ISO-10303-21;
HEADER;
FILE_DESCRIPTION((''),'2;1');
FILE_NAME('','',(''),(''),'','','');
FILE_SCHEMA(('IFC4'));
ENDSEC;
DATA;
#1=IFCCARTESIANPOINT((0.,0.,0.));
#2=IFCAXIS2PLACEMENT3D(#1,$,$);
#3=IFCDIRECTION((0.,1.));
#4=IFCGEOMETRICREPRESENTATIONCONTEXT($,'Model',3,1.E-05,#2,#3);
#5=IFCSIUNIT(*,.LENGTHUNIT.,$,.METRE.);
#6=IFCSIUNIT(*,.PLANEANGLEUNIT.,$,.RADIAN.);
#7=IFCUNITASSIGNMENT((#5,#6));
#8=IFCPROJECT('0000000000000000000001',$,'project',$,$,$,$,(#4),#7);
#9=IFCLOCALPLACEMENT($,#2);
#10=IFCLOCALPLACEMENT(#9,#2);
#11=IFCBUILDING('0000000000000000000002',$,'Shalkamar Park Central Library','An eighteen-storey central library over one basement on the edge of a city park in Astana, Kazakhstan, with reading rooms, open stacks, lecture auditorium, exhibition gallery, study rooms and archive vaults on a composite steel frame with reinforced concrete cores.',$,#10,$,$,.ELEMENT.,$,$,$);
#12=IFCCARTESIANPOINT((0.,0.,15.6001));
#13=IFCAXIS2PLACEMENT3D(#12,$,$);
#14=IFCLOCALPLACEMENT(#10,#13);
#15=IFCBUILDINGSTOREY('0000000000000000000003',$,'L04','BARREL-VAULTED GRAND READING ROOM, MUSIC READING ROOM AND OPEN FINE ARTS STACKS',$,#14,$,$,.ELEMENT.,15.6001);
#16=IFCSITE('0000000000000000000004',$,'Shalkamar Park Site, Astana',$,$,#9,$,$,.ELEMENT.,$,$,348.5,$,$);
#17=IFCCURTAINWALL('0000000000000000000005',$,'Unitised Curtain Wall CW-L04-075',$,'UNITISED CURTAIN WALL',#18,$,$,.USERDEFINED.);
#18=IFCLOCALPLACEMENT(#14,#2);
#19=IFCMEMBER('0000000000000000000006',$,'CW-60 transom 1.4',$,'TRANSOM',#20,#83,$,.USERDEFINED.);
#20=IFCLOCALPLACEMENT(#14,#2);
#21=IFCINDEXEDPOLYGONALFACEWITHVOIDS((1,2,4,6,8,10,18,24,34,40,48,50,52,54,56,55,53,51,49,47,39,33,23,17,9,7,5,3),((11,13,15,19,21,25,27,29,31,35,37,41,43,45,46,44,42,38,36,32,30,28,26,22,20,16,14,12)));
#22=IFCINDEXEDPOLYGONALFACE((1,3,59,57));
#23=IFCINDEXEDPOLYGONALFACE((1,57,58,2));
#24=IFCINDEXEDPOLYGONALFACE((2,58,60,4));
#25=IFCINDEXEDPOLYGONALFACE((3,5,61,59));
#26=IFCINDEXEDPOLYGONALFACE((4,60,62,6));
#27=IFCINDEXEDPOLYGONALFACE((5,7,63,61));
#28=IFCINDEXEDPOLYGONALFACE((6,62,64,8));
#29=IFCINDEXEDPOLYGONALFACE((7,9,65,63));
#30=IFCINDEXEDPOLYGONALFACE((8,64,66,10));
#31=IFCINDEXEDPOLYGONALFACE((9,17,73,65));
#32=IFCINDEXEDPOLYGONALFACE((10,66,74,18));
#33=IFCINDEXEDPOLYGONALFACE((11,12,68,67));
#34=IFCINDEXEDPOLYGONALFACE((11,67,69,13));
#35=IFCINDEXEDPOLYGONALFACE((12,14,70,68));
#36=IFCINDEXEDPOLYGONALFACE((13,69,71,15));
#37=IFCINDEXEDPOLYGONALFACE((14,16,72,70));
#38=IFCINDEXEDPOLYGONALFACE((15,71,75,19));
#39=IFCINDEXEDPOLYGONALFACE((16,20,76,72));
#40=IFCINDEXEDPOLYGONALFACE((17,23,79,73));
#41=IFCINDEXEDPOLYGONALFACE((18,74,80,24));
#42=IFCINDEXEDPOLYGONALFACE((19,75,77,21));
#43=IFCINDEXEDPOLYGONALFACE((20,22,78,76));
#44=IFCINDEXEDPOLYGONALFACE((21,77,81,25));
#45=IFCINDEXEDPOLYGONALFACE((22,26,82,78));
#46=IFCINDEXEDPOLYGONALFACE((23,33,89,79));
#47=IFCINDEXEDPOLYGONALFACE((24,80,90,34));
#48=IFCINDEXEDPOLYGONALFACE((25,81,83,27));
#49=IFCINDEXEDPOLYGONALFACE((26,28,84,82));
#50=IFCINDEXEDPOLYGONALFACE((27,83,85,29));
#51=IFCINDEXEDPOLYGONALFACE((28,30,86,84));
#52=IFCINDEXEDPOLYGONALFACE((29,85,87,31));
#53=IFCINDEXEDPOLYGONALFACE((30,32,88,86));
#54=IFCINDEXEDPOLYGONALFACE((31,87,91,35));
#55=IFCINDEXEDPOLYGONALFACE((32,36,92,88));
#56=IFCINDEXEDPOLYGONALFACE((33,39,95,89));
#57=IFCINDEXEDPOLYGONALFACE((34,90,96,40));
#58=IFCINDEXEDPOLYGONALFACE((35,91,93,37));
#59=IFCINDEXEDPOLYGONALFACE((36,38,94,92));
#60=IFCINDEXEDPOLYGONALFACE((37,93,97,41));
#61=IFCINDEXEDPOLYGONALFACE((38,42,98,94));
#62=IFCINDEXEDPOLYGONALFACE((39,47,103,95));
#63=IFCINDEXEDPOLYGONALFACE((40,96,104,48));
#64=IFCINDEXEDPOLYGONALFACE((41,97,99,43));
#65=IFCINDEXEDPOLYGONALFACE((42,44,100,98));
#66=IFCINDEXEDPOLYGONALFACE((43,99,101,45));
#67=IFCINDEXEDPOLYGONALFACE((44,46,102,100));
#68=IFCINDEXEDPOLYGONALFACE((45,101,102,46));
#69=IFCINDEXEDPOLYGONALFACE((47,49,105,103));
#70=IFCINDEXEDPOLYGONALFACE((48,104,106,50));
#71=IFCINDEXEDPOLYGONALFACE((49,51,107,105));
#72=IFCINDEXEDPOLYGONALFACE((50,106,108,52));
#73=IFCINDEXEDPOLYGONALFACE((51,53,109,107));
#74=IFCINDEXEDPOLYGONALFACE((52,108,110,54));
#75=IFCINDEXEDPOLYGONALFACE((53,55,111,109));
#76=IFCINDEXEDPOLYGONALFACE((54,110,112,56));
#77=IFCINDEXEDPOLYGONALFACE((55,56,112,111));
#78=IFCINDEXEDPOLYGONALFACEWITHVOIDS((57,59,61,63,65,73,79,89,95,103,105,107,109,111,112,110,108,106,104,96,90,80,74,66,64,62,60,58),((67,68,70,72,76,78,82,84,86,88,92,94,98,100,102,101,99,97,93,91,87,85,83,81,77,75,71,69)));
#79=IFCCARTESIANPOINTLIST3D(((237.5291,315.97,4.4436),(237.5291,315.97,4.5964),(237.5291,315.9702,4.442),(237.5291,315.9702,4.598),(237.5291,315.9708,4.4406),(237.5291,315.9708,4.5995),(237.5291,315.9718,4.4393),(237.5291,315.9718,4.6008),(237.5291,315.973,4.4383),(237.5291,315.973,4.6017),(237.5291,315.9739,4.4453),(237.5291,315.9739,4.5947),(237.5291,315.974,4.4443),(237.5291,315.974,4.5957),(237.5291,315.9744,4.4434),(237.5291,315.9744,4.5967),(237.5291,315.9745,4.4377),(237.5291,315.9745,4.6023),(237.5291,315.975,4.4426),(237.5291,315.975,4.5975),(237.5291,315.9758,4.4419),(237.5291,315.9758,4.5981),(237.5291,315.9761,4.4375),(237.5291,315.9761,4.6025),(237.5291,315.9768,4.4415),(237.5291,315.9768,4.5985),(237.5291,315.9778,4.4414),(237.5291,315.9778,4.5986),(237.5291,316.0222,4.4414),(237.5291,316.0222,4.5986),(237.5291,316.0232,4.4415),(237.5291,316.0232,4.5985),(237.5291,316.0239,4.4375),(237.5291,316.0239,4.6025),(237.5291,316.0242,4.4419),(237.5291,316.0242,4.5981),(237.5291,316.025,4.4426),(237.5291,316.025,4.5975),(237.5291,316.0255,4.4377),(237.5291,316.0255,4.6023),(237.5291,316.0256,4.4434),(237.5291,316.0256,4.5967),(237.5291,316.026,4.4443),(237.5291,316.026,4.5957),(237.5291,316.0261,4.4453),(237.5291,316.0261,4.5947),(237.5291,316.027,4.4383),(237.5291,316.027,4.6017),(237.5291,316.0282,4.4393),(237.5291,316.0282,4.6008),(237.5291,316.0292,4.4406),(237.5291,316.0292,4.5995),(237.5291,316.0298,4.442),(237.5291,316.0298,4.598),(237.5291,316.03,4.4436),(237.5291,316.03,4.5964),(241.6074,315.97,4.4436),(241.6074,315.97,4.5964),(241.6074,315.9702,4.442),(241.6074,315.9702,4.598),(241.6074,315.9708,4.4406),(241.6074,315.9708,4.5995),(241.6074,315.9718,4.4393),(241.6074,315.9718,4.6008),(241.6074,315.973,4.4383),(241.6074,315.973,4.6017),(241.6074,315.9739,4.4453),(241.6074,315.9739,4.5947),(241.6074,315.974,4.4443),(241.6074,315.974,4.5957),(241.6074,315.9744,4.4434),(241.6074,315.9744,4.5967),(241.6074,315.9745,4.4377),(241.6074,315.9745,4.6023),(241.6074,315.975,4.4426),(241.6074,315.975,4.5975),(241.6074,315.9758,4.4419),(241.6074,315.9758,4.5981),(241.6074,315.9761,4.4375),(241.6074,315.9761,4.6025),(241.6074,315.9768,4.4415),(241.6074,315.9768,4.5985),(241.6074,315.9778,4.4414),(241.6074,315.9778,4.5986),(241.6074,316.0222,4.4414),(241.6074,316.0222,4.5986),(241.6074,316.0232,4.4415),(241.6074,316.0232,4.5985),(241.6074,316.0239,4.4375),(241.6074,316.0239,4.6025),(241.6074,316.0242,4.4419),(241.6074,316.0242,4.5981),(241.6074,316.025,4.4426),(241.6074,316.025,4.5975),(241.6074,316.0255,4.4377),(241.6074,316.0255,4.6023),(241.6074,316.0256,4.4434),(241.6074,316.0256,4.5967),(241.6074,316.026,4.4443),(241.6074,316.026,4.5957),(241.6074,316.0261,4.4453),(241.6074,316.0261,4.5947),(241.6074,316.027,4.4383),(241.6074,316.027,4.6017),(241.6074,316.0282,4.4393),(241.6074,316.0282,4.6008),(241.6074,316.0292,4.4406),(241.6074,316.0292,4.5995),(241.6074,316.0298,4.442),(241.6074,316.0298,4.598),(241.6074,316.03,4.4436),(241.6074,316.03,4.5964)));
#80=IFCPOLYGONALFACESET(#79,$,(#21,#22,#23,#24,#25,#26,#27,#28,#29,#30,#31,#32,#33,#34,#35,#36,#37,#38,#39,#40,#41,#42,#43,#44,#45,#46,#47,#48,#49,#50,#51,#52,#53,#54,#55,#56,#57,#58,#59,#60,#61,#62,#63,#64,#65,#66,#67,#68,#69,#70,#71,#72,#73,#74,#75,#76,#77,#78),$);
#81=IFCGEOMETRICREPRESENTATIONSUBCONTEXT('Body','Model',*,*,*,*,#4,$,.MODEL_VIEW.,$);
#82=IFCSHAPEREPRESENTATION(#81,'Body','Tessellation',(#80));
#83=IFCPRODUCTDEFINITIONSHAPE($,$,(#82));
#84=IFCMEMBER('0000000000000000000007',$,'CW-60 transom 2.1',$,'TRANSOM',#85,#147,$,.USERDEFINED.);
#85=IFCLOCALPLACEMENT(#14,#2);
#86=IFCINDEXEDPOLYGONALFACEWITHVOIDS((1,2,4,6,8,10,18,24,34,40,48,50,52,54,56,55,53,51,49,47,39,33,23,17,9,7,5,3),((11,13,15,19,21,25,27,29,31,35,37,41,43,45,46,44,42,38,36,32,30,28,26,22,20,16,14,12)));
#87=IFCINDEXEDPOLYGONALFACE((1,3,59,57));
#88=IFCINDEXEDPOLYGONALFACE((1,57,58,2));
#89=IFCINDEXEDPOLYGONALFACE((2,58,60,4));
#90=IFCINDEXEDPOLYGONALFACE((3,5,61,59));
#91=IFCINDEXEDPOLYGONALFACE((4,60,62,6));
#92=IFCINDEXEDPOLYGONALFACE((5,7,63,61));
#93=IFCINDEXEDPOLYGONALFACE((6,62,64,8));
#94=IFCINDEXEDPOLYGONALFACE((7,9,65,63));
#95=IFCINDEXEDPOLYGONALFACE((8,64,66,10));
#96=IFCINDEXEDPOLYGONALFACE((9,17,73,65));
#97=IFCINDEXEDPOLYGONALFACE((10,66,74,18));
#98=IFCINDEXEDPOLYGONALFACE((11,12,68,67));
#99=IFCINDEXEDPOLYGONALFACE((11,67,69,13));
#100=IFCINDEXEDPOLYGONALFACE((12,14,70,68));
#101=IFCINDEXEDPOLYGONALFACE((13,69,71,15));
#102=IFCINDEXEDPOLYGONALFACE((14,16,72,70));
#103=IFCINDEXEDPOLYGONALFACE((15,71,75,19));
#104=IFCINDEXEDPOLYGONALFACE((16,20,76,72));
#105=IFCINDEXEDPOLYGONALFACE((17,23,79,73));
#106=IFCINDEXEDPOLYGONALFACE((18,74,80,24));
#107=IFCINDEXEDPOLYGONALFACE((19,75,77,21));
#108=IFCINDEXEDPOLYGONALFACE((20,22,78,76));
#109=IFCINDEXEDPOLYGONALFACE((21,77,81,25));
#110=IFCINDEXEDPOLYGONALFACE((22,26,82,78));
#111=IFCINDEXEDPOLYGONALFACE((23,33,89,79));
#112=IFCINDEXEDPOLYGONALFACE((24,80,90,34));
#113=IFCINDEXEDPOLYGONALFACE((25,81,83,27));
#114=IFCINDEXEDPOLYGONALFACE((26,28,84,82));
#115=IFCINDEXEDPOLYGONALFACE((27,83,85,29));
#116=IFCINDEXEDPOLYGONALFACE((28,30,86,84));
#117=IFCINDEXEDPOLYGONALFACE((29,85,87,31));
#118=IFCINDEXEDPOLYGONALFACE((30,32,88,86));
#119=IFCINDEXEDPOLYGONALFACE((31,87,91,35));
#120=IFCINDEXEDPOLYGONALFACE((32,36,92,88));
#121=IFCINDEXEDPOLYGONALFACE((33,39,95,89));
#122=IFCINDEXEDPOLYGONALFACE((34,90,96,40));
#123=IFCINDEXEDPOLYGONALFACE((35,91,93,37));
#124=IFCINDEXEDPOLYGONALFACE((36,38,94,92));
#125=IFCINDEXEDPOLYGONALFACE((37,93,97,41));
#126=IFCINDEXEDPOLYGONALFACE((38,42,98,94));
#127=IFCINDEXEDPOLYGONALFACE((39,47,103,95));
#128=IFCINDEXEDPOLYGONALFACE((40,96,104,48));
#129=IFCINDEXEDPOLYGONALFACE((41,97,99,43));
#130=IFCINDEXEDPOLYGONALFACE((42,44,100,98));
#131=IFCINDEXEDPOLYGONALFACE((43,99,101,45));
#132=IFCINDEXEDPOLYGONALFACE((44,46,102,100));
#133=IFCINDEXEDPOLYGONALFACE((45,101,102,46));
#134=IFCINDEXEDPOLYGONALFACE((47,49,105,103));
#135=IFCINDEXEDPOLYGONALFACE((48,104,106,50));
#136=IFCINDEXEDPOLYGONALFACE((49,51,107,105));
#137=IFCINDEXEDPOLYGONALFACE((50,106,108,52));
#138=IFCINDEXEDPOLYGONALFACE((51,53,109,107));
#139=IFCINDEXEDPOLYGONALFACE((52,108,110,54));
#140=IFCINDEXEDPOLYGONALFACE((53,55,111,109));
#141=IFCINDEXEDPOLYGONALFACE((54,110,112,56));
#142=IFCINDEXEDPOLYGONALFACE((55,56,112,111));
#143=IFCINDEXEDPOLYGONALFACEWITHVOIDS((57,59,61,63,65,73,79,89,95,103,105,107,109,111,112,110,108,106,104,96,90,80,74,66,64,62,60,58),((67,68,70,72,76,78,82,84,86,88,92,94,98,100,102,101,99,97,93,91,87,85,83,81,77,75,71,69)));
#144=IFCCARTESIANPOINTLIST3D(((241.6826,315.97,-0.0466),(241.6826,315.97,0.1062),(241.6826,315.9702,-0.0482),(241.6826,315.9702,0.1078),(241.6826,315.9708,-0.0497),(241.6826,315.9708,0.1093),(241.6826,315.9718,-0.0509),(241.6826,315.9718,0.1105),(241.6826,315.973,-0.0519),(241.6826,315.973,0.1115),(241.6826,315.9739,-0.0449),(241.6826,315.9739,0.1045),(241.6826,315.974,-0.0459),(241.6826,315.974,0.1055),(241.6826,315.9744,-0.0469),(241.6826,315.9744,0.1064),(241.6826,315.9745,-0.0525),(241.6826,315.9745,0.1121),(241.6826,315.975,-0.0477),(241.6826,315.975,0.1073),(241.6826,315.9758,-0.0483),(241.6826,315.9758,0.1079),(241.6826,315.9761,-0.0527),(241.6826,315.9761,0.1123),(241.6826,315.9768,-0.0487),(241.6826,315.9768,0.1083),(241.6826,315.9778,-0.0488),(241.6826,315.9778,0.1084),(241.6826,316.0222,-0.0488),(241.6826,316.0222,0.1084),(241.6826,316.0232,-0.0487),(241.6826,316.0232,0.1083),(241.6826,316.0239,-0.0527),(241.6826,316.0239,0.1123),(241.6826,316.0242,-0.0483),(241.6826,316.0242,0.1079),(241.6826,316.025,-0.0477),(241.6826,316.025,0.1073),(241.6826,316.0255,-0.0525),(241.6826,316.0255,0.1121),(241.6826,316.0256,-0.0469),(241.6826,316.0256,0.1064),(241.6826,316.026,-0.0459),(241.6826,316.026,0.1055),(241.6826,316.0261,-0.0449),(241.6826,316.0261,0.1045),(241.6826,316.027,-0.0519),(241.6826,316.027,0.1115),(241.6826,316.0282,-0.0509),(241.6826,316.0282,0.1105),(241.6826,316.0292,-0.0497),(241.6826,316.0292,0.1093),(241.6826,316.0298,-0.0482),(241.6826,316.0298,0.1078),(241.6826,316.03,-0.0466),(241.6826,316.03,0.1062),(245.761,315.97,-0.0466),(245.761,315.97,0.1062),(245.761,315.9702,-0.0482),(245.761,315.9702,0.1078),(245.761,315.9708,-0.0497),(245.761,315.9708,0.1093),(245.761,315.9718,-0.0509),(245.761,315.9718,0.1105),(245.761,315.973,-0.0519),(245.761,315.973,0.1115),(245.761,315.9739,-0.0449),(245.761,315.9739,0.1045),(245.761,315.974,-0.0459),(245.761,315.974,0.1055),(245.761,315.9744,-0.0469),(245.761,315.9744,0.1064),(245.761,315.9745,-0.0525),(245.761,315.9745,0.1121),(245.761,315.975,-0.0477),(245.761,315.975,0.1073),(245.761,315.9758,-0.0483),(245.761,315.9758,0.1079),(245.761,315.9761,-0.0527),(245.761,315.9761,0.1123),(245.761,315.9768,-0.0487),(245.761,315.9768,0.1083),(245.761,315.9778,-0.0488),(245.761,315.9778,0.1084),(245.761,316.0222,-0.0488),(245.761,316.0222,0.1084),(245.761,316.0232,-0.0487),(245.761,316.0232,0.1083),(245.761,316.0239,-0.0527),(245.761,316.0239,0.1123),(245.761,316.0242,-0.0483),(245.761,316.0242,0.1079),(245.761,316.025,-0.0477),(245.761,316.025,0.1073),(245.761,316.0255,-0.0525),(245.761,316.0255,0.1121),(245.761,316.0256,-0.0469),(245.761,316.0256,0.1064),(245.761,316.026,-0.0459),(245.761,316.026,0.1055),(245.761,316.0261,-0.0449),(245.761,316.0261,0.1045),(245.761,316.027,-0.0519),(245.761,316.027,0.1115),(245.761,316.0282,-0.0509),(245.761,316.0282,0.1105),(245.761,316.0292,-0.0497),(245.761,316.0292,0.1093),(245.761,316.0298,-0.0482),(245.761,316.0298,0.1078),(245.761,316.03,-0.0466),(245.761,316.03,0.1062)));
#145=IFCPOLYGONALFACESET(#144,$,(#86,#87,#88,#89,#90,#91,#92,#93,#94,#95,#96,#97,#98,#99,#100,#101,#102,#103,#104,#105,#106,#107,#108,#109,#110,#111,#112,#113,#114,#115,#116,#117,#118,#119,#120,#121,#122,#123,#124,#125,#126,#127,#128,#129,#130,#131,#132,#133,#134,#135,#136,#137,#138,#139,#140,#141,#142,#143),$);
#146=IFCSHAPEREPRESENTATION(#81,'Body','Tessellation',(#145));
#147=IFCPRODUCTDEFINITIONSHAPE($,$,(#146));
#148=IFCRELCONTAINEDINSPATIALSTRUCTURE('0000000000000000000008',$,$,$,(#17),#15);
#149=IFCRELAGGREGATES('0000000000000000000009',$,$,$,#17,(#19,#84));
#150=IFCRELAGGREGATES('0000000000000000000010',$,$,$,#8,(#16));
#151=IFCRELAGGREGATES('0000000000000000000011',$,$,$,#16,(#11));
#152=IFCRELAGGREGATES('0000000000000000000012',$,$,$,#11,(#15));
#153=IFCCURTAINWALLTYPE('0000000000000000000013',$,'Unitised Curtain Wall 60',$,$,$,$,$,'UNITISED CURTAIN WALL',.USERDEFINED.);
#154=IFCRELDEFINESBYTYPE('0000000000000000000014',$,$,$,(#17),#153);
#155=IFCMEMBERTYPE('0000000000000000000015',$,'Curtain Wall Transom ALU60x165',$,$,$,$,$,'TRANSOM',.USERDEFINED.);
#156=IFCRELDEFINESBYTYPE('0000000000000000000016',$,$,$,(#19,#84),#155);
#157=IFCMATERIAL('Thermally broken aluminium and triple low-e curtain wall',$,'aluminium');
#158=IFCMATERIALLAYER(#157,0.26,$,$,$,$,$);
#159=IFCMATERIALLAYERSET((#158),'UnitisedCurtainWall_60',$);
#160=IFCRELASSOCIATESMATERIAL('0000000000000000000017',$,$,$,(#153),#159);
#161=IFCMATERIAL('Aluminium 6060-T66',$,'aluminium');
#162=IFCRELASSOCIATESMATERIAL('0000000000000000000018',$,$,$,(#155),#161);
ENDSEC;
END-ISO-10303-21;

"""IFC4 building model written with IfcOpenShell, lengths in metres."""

from ifc_helpers import new_model, si_unit, direction, frame, origin, origin_2d, place, context, subcontext, project, spatial, hollow_rectangle, extrude, material, layer, layer_set, material_profile, profile_set, type_object, element, aggregate, save


model = new_model("IFC4")

# Units and contexts
model_context = context("Model", 3, precision=1e-05, world=origin(), true_north=direction((0.0, 1.0)))
body_context = subcontext(model_context, "Body", "Model", "MODEL_VIEW")
ifc_project = project(units=[si_unit("LENGTHUNIT", "METRE"), si_unit("PLANEANGLEUNIT", "RADIAN")], contexts=[model_context])

# Site, building, storey
site_placement = place(None, origin())
site = spatial("IfcSite", under=ifc_project, at=site_placement, Name="Shalkamar Park Site, Astana", CompositionType="ELEMENT", RefElevation=348.5)
building_placement = place(site_placement, origin())
building = spatial("IfcBuilding", under=site, at=building_placement, Name="Shalkamar Park Central Library", Description="An eighteen-storey central library over one basement on the edge of a city park in Astana, Kazakhstan, with reading rooms, open stacks, lecture auditorium, exhibition gallery, study rooms and archive vaults on a composite steel frame with reinforced concrete cores.", CompositionType="ELEMENT")
storey_placement = place(building_placement, frame((0.0, 0.0, 15.6001)))
storey = spatial("IfcBuildingStorey", under=building, at=storey_placement, Name="L04", Description="BARREL-VAULTED GRAND READING ROOM, MUSIC READING ROOM AND OPEN FINE ARTS STACKS", CompositionType="ELEMENT", Elevation=15.6001)

# Curtain wall
ifc_material_1 = material(Name="Thermally broken aluminium and triple low-e curtain wall", Category="aluminium")
ifc_layer_1 = layer(ifc_material_1, 0.26)
ifc_layer_set_1 = layer_set([ifc_layer_1], Name="UnitisedCurtainWall_60")
curtain_wall_type_1 = type_object("IfcCurtainWallType", Name="Unitised Curtain Wall 60", ElementType="UNITISED CURTAIN WALL", PredefinedType="USERDEFINED", material=ifc_layer_set_1)
curtain_wall_1_placement = place(storey_placement, origin())
curtain_wall_1 = element("IfcCurtainWall", 1, at=curtain_wall_1_placement, inside=storey, type_object=curtain_wall_type_1, Name="Unitised Curtain Wall CW-L04-075", ObjectType="UNITISED CURTAIN WALL", PredefinedType="USERDEFINED")
ifc_material_2 = material(Name="Aluminium 6060-T66", Category="aluminium")

# Members
ifc_material_profile_1 = material_profile(ifc_material_2, hollow_rectangle(XDim=0.0601, YDim=0.165, WallThickness=0.0039, InnerFilletRadius=0.0039, OuterFilletRadius=0.0061, at=origin_2d()), Name="ALU 60x165x4")
ifc_profile_set_1 = profile_set([ifc_material_profile_1], Name="Aluminium 6060-T66")
member_type_1 = type_object("IfcMemberType", Name="Curtain Wall Transom ALU60x165", ElementType="TRANSOM", PredefinedType="USERDEFINED", material=ifc_profile_set_1)
member_1_placement = place(storey_placement, frame((237.5291, 316.0, 4.52), z_axis=(1.0, 0.0, 0.0), x_axis=(0.0, 1.0, 0.0)))
member_1 = element("IfcMember", 2, at=member_1_placement, type_object=member_type_1, Name="CW-60 transom 1.4", ObjectType="TRANSOM", PredefinedType="USERDEFINED", context=body_context, shape_type="SweptSolid", body=[
    extrude(hollow_rectangle(XDim=0.0601, YDim=0.165, WallThickness=0.0039, InnerFilletRadius=0.0039, OuterFilletRadius=0.0061, at=origin_2d()), origin(), (0.0, 0.0, 1.0), 4.0784),
])
member_2_placement = place(storey_placement, frame((241.6826, 316.0, 0.0298), z_axis=(1.0, 0.0, 0.0), x_axis=(0.0, 1.0, 0.0)))
member_2 = element("IfcMember", 3, at=member_2_placement, type_object=member_type_1, Name="CW-60 transom 2.1", ObjectType="TRANSOM", PredefinedType="USERDEFINED", context=body_context, shape_type="SweptSolid", body=[
    extrude(hollow_rectangle(XDim=0.0601, YDim=0.165, WallThickness=0.0039, InnerFilletRadius=0.0039, OuterFilletRadius=0.0061, at=origin_2d()), origin(), (0.0, 0.0, 1.0), 4.0784),
])

aggregate(curtain_wall_1, [member_1, member_2])

save(model, "model.ifc")
